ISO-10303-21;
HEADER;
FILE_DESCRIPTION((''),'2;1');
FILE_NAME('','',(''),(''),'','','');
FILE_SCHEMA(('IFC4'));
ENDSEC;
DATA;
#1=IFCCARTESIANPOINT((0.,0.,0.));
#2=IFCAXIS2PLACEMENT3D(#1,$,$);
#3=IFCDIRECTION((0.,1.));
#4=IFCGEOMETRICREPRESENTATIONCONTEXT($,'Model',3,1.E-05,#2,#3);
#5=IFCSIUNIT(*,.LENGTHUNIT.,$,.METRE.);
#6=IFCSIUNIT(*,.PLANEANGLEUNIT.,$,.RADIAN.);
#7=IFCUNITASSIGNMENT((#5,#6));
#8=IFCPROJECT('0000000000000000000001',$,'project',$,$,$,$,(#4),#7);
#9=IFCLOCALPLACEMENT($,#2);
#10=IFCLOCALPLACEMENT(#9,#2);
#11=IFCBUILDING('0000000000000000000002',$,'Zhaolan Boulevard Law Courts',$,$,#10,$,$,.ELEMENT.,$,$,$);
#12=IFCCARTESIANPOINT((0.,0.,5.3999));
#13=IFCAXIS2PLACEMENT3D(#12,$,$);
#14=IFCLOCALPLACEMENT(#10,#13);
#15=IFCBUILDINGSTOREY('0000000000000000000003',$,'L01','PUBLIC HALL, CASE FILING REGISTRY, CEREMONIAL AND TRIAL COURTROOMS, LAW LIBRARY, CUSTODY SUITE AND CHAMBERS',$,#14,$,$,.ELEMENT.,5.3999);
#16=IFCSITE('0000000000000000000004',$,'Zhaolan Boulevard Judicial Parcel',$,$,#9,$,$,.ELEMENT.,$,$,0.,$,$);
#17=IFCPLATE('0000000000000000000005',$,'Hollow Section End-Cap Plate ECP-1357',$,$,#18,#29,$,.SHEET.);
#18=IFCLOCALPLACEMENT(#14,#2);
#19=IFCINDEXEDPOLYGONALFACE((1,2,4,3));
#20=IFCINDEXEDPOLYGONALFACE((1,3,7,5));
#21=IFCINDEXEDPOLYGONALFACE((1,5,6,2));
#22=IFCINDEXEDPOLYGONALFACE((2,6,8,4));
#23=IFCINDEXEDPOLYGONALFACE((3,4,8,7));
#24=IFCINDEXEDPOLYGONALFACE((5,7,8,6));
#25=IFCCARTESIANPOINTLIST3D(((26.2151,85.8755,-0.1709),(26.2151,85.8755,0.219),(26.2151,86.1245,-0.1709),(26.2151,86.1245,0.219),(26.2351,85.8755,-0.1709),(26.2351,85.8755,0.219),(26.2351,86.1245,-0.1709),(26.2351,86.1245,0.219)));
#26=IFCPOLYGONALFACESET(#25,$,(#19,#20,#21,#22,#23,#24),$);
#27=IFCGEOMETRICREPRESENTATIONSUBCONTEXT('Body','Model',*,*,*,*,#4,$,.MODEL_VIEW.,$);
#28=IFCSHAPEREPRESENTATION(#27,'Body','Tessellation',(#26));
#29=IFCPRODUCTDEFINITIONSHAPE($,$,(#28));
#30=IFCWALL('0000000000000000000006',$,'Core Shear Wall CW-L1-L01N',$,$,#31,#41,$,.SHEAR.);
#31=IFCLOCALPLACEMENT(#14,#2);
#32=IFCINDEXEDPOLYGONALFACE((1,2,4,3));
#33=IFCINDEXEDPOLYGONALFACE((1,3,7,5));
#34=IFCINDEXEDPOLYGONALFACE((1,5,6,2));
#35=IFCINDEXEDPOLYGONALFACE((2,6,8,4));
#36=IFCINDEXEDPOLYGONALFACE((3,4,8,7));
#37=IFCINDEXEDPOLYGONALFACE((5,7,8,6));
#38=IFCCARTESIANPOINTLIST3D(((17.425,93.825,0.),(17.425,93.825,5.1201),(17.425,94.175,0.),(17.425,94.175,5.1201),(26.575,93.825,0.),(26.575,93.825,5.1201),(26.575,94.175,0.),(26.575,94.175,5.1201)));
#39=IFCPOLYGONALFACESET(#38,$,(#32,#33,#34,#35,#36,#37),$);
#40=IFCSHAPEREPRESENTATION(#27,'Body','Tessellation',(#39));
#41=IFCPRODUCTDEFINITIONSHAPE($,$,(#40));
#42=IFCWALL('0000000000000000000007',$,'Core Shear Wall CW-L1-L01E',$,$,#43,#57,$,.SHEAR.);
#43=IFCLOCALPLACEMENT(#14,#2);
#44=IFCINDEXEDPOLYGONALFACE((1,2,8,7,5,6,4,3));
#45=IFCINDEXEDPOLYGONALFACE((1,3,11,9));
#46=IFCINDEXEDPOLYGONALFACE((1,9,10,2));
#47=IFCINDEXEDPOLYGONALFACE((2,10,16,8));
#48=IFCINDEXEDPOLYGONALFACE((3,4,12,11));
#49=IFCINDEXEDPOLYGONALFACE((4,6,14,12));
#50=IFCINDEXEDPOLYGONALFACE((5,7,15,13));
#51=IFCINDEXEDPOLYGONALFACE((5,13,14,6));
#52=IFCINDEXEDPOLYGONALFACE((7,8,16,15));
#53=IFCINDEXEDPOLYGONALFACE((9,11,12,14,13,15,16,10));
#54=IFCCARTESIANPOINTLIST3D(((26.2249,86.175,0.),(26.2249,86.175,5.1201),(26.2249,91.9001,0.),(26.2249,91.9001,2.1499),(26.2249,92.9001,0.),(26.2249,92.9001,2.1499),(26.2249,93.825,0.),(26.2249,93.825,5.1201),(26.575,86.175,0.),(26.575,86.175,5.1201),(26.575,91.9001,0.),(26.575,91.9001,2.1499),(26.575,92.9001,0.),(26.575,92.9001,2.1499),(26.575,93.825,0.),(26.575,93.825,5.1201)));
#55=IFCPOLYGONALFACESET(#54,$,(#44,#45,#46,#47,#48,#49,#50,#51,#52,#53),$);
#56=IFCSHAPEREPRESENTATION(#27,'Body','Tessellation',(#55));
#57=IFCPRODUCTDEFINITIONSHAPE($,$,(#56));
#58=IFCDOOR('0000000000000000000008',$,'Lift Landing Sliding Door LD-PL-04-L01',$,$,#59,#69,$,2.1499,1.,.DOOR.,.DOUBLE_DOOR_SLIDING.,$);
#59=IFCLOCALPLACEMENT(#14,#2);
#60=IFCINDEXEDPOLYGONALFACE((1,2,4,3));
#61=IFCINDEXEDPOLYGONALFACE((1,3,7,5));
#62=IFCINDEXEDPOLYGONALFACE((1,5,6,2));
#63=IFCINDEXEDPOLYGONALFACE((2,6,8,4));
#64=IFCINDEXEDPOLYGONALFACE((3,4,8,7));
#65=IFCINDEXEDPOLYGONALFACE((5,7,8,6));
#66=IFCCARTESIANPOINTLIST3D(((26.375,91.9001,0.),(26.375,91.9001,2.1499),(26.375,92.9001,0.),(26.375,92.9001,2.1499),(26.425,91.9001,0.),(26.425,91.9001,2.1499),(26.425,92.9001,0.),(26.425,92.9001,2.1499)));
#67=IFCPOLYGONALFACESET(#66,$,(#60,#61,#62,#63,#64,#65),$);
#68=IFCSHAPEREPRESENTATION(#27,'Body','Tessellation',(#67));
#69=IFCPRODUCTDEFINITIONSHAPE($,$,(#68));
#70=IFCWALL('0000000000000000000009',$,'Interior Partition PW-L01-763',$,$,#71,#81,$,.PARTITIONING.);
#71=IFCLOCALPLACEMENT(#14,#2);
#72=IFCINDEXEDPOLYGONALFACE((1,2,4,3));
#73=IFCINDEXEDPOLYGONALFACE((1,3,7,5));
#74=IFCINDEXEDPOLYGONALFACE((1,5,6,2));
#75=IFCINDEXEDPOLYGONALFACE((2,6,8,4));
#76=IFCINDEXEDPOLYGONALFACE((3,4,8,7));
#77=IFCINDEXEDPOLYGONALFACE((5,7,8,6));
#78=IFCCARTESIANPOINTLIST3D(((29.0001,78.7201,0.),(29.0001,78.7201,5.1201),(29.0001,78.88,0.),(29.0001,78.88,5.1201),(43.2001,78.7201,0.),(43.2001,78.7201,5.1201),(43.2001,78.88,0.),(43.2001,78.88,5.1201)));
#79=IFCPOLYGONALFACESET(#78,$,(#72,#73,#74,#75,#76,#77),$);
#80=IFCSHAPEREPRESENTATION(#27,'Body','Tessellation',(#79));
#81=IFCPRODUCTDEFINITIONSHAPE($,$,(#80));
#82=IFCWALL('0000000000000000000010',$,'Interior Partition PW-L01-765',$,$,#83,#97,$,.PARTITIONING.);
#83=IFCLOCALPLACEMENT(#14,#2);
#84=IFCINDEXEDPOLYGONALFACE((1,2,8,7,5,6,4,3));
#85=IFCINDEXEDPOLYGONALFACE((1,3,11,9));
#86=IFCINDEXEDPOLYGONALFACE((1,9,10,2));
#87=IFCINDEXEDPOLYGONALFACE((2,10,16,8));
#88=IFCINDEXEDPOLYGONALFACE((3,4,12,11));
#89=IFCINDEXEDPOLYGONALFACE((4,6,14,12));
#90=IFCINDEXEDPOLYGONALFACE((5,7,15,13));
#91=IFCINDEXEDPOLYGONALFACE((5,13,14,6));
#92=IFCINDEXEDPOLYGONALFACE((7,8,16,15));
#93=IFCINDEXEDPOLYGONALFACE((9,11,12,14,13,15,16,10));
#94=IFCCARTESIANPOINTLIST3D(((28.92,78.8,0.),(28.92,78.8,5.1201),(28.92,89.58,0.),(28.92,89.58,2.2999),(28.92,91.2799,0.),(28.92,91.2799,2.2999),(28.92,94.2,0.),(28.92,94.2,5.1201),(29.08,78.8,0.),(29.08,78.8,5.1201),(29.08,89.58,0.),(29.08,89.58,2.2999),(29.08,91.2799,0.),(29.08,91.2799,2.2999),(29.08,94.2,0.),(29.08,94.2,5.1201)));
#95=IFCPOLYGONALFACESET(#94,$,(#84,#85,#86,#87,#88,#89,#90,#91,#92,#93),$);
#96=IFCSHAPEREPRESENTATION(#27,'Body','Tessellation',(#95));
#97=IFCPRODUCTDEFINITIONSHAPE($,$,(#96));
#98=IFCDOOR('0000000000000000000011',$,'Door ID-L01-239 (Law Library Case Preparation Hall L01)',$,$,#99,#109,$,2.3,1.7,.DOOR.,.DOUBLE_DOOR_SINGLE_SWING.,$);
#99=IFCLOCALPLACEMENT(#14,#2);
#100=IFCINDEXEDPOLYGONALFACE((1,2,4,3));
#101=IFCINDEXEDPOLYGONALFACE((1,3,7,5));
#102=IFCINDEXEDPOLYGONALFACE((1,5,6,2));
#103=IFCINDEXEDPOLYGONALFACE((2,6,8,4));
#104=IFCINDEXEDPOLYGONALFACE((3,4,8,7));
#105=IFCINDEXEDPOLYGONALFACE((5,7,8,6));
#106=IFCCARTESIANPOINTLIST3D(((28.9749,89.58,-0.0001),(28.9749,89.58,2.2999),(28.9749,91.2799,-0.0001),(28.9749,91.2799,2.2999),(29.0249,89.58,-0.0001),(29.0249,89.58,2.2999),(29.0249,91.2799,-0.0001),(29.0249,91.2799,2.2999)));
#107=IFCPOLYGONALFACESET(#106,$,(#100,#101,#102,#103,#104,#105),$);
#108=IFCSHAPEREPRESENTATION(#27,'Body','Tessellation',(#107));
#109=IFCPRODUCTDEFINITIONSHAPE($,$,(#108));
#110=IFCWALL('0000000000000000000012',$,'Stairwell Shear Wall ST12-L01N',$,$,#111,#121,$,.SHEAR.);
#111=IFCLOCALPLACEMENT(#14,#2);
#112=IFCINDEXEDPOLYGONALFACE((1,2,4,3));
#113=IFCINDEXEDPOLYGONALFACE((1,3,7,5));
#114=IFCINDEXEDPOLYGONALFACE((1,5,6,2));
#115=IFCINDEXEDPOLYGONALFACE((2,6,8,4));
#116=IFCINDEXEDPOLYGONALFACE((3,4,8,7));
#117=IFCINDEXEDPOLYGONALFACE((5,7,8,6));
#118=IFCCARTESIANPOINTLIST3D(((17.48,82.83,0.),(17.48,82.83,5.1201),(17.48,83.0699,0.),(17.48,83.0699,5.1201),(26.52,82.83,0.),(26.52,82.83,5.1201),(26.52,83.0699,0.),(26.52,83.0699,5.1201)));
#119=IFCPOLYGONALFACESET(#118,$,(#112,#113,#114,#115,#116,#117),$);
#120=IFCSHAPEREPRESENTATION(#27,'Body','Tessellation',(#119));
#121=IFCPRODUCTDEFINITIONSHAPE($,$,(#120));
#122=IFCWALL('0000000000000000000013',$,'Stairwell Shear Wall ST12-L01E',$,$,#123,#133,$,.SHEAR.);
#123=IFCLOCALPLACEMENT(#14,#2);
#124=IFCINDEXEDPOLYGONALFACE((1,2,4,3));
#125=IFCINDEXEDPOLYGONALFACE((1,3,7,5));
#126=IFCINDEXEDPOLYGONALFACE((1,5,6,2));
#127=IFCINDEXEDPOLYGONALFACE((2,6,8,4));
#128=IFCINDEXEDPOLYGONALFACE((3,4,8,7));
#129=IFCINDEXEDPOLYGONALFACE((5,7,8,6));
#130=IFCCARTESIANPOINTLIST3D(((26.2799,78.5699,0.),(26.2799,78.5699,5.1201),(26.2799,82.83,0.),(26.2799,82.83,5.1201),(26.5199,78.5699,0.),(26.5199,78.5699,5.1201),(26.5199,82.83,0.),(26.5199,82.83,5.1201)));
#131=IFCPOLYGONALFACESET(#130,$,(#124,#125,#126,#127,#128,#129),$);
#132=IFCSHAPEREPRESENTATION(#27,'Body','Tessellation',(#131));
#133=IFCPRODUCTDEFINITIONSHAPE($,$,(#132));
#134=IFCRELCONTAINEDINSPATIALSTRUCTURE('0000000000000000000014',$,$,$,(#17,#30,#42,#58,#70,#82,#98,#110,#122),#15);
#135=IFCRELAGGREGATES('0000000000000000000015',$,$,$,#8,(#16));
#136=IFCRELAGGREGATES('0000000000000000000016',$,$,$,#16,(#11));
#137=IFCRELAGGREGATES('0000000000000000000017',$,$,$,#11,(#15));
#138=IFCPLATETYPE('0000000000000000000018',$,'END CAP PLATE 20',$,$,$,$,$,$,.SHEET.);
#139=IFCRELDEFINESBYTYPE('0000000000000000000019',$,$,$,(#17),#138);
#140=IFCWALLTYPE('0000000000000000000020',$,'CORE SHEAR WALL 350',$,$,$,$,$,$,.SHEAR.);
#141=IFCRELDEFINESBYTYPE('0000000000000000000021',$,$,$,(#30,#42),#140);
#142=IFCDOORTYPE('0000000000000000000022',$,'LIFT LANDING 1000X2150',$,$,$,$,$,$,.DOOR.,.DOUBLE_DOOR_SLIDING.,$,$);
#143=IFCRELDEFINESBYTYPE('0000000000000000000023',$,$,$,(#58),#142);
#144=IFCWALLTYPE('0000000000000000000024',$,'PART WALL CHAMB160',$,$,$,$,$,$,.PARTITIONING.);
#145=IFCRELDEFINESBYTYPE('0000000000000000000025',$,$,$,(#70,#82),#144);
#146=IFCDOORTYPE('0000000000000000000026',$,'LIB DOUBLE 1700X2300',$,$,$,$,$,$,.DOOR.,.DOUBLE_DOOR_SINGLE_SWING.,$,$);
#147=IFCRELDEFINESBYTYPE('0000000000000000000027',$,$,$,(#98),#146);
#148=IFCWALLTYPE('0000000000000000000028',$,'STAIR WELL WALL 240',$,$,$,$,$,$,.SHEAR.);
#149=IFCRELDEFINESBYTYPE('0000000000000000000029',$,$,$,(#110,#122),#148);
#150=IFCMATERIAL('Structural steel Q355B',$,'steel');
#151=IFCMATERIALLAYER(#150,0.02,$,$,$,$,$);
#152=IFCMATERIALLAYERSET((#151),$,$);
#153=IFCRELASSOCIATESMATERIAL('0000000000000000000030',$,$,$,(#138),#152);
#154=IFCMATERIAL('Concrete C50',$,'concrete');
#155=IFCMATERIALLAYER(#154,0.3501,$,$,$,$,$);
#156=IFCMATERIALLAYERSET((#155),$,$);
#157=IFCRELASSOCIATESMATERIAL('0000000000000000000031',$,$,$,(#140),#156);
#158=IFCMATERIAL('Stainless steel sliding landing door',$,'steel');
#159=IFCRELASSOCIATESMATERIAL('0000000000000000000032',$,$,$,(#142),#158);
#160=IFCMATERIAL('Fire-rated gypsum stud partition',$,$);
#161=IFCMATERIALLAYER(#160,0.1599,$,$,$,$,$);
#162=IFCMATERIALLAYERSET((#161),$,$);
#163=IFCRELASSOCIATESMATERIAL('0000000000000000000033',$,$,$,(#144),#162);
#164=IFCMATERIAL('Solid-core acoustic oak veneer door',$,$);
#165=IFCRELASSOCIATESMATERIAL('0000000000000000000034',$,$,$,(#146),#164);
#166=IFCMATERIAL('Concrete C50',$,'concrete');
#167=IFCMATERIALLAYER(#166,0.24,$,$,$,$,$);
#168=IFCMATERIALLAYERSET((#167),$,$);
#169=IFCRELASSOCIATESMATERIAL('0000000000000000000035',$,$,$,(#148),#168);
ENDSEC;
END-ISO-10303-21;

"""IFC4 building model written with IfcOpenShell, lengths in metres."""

from ifc_helpers import new_model, si_unit, direction, frame, frame_2d, origin, origin_2d, place, context, subcontext, project, spatial, rectangle, extrude, material, layer, layer_set, type_object, element, fill, save


model = new_model("IFC4")

# Units and contexts
model_context = context("Model", 3, precision=1e-05, world=origin(), true_north=direction((0.0, 1.0)))
body_context = subcontext(model_context, "Body", "Model", "MODEL_VIEW")
ifc_project = project(units=[si_unit("LENGTHUNIT", "METRE"), si_unit("PLANEANGLEUNIT", "RADIAN")], contexts=[model_context])

# Site, building, storey
site_placement = place(None, origin())
site = spatial("IfcSite", under=ifc_project, at=site_placement, Name="Zhaolan Boulevard Judicial Parcel", CompositionType="ELEMENT", RefElevation=0.0)
building_placement = place(site_placement, origin())
building = spatial("IfcBuilding", under=site, at=building_placement, Name="Zhaolan Boulevard Law Courts", CompositionType="ELEMENT")
storey_placement = place(building_placement, frame((0.0, 0.0, 5.3999)))
storey = spatial("IfcBuildingStorey", under=building, at=storey_placement, Name="L01", Description="PUBLIC HALL, CASE FILING REGISTRY, CEREMONIAL AND TRIAL COURTROOMS, LAW LIBRARY, CUSTODY SUITE AND CHAMBERS", CompositionType="ELEMENT", Elevation=5.3999)

# Plate
ifc_material_1 = material(Name="Structural steel Q355B", Category="steel")
ifc_layer_1 = layer(ifc_material_1, 0.02)
ifc_layer_set_1 = layer_set([ifc_layer_1])
plate_type_1 = type_object("IfcPlateType", Name="END CAP PLATE 20", PredefinedType="SHEET", material=ifc_layer_set_1)
plate_1_placement = place(storey_placement, frame((26.2251, 86.0, -0.1709), z_axis=(0.0, 0.0, 1.0), x_axis=(-1.0, 0.0, 0.0)))
element("IfcPlate", 1, at=plate_1_placement, inside=storey, type_object=plate_type_1, Name="Hollow Section End-Cap Plate ECP-1357", PredefinedType="SHEET", context=body_context, shape_type="SweptSolid", body=[
    extrude(rectangle(XDim=0.02, YDim=0.249, at=origin_2d()), origin(), (0.0, 0.0, 1.0), 0.3899),
])

# Wall
ifc_material_2 = material(Name="Concrete C50", Category="concrete")
ifc_layer_2 = layer(ifc_material_2, 0.3501)
ifc_layer_set_2 = layer_set([ifc_layer_2])
wall_type_1 = type_object("IfcWallType", Name="CORE SHEAR WALL 350", PredefinedType="SHEAR", material=ifc_layer_set_2)
wall_1_placement = place(storey_placement, frame((26.575, 94.0, 0.0), z_axis=(0.0, 0.0, 1.0), x_axis=(-1.0, 0.0, 0.0)))
element("IfcWall", 2, at=wall_1_placement, inside=storey, type_object=wall_type_1, Name="Core Shear Wall CW-L1-L01N", PredefinedType="SHEAR", context=body_context, shape_type="SweptSolid", body=[
    extrude(rectangle(XDim=9.1499, YDim=0.3501, at=frame_2d((4.575, 0.0))), origin(), (0.0, 0.0, 1.0), 5.1201),
])

# Wall, opening, door
wall_2_placement = place(storey_placement, frame((26.3999, 86.175, 0.0), z_axis=(0.0, 0.0, 1.0), x_axis=(0.0, 1.0, 0.0)))
wall_2 = element("IfcWall", 3, at=wall_2_placement, inside=storey, type_object=wall_type_1, Name="Core Shear Wall CW-L1-L01E", PredefinedType="SHEAR", context=body_context, shape_type="SweptSolid", body=[
    extrude(rectangle(XDim=7.6499, YDim=0.3501, at=frame_2d((3.825, 0.0))), origin(), (0.0, 0.0, 1.0), 5.1201),
])
opening_1_placement = place(wall_2_placement, frame((5.7251, 0.0, 0.0)))
opening_1 = element("IfcOpeningElement", 4, at=opening_1_placement, cuts=wall_2, PredefinedType="OPENING", context=body_context, shape_type="SweptSolid", body=[
    extrude(rectangle(XDim=1.0, YDim=2.1499, at=frame_2d((0.5, 1.075))), frame((0.0, 0.1851, 0.0), z_axis=(0.0, -1.0, 0.0), x_axis=(1.0, 0.0, 0.0)), (0.0, 0.0, 1.0), 0.3701),
])
ifc_material_3 = material(Name="Stainless steel sliding landing door", Category="steel")
door_type_1 = type_object("IfcDoorType", Name="LIFT LANDING 1000X2150", OperationType="DOUBLE_DOOR_SLIDING", PredefinedType="DOOR", material=ifc_material_3)
door_1_placement = place(opening_1_placement, origin())
door_1 = element("IfcDoor", 5, at=door_1_placement, inside=storey, type_object=door_type_1, Name="Lift Landing Sliding Door LD-PL-04-L01", OperationType="DOUBLE_DOOR_SLIDING", OverallHeight=2.1499, OverallWidth=1.0, PredefinedType="DOOR", context=body_context, shape_type="SweptSolid", body=[
    extrude(rectangle(XDim=1.0, YDim=2.1499, at=frame_2d((0.5, 1.075))), frame((0.0, 0.0249, 0.0), z_axis=(0.0, -1.0, 0.0), x_axis=(1.0, 0.0, 0.0)), (0.0, 0.0, 1.0), 0.05),
])
fill(opening_1, door_1)

# Wall
ifc_material_4 = material(Name="Fire-rated gypsum stud partition")
ifc_layer_3 = layer(ifc_material_4, 0.1599)
ifc_layer_set_3 = layer_set([ifc_layer_3])
wall_type_2 = type_object("IfcWallType", Name="PART WALL CHAMB160", PredefinedType="PARTITIONING", material=ifc_layer_set_3)
wall_3_placement = place(storey_placement, frame((29.0, 78.8, 0.0), z_axis=(0.0, 0.0, 1.0), x_axis=(1.0, 0.0, 0.0)))
element("IfcWall", 6, at=wall_3_placement, inside=storey, type_object=wall_type_2, Name="Interior Partition PW-L01-763", PredefinedType="PARTITIONING", context=body_context, shape_type="SweptSolid", body=[
    extrude(rectangle(XDim=14.2, YDim=0.1599, at=frame_2d((7.1001, 0.0))), origin(), (0.0, 0.0, 1.0), 5.1201),
])

# Wall, opening, door
wall_4_placement = place(storey_placement, frame((29.0, 94.2, 0.0), z_axis=(0.0, 0.0, 1.0), x_axis=(0.0, -1.0, 0.0)))
wall_4 = element("IfcWall", 7, at=wall_4_placement, inside=storey, type_object=wall_type_2, Name="Interior Partition PW-L01-765", PredefinedType="PARTITIONING", context=body_context, shape_type="SweptSolid", body=[
    extrude(rectangle(XDim=15.3999, YDim=0.1599, at=frame_2d((7.7, 0.0))), origin(), (0.0, 0.0, 1.0), 5.1201),
])
opening_2_placement = place(wall_4_placement, frame((2.9199, 0.0, 0.0)))
opening_2 = element("IfcOpeningElement", 8, at=opening_2_placement, cuts=wall_4, PredefinedType="OPENING", context=body_context, shape_type="SweptSolid", body=[
    extrude(rectangle(XDim=1.7, YDim=2.3, at=frame_2d((0.8501, 1.1499))), frame((0.0, 0.0898, 0.0), z_axis=(0.0, -1.0, 0.0), x_axis=(1.0, 0.0, 0.0)), (0.0, 0.0, 1.0), 0.1799),
])
ifc_material_5 = material(Name="Solid-core acoustic oak veneer door")
door_type_2 = type_object("IfcDoorType", Name="LIB DOUBLE 1700X2300", OperationType="DOUBLE_DOOR_SINGLE_SWING", PredefinedType="DOOR", material=ifc_material_5)
door_2_placement = place(opening_2_placement, origin())
door_2 = element("IfcDoor", 9, at=door_2_placement, inside=storey, type_object=door_type_2, Name="Door ID-L01-239 (Law Library Case Preparation Hall L01)", OperationType="DOUBLE_DOOR_SINGLE_SWING", OverallHeight=2.3, OverallWidth=1.7, PredefinedType="DOOR", context=body_context, shape_type="SweptSolid", body=[
    extrude(rectangle(XDim=1.7, YDim=2.3, at=frame_2d((0.8501, 1.1499))), frame((0.0, 0.0249, 0.0), z_axis=(0.0, -1.0, 0.0), x_axis=(1.0, 0.0, 0.0)), (0.0, 0.0, 1.0), 0.05),
])
fill(opening_2, door_2)

# Walls
ifc_material_6 = material(Name="Concrete C50", Category="concrete")
ifc_layer_4 = layer(ifc_material_6, 0.24)
ifc_layer_set_4 = layer_set([ifc_layer_4])
wall_type_3 = type_object("IfcWallType", Name="STAIR WELL WALL 240", PredefinedType="SHEAR", material=ifc_layer_set_4)
wall_5_placement = place(storey_placement, frame((26.52, 82.95, 0.0), z_axis=(0.0, 0.0, 1.0), x_axis=(-1.0, 0.0, 0.0)))
element("IfcWall", 10, at=wall_5_placement, inside=storey, type_object=wall_type_3, Name="Stairwell Shear Wall ST12-L01N", PredefinedType="SHEAR", context=body_context, shape_type="SweptSolid", body=[
    extrude(rectangle(XDim=9.04, YDim=0.24, at=frame_2d((4.52, 0.0))), origin(), (0.0, 0.0, 1.0), 5.1201),
])
wall_6_placement = place(storey_placement, frame((26.3999, 78.5701, 0.0), z_axis=(0.0, 0.0, 1.0), x_axis=(0.0, 1.0, 0.0)))
element("IfcWall", 11, at=wall_6_placement, inside=storey, type_object=wall_type_3, Name="Stairwell Shear Wall ST12-L01E", PredefinedType="SHEAR", context=body_context, shape_type="SweptSolid", body=[
    extrude(rectangle(XDim=4.26, YDim=0.24, at=frame_2d((2.1299, 0.0))), origin(), (0.0, 0.0, 1.0), 5.1201),
])

save(model, "model.ifc")
